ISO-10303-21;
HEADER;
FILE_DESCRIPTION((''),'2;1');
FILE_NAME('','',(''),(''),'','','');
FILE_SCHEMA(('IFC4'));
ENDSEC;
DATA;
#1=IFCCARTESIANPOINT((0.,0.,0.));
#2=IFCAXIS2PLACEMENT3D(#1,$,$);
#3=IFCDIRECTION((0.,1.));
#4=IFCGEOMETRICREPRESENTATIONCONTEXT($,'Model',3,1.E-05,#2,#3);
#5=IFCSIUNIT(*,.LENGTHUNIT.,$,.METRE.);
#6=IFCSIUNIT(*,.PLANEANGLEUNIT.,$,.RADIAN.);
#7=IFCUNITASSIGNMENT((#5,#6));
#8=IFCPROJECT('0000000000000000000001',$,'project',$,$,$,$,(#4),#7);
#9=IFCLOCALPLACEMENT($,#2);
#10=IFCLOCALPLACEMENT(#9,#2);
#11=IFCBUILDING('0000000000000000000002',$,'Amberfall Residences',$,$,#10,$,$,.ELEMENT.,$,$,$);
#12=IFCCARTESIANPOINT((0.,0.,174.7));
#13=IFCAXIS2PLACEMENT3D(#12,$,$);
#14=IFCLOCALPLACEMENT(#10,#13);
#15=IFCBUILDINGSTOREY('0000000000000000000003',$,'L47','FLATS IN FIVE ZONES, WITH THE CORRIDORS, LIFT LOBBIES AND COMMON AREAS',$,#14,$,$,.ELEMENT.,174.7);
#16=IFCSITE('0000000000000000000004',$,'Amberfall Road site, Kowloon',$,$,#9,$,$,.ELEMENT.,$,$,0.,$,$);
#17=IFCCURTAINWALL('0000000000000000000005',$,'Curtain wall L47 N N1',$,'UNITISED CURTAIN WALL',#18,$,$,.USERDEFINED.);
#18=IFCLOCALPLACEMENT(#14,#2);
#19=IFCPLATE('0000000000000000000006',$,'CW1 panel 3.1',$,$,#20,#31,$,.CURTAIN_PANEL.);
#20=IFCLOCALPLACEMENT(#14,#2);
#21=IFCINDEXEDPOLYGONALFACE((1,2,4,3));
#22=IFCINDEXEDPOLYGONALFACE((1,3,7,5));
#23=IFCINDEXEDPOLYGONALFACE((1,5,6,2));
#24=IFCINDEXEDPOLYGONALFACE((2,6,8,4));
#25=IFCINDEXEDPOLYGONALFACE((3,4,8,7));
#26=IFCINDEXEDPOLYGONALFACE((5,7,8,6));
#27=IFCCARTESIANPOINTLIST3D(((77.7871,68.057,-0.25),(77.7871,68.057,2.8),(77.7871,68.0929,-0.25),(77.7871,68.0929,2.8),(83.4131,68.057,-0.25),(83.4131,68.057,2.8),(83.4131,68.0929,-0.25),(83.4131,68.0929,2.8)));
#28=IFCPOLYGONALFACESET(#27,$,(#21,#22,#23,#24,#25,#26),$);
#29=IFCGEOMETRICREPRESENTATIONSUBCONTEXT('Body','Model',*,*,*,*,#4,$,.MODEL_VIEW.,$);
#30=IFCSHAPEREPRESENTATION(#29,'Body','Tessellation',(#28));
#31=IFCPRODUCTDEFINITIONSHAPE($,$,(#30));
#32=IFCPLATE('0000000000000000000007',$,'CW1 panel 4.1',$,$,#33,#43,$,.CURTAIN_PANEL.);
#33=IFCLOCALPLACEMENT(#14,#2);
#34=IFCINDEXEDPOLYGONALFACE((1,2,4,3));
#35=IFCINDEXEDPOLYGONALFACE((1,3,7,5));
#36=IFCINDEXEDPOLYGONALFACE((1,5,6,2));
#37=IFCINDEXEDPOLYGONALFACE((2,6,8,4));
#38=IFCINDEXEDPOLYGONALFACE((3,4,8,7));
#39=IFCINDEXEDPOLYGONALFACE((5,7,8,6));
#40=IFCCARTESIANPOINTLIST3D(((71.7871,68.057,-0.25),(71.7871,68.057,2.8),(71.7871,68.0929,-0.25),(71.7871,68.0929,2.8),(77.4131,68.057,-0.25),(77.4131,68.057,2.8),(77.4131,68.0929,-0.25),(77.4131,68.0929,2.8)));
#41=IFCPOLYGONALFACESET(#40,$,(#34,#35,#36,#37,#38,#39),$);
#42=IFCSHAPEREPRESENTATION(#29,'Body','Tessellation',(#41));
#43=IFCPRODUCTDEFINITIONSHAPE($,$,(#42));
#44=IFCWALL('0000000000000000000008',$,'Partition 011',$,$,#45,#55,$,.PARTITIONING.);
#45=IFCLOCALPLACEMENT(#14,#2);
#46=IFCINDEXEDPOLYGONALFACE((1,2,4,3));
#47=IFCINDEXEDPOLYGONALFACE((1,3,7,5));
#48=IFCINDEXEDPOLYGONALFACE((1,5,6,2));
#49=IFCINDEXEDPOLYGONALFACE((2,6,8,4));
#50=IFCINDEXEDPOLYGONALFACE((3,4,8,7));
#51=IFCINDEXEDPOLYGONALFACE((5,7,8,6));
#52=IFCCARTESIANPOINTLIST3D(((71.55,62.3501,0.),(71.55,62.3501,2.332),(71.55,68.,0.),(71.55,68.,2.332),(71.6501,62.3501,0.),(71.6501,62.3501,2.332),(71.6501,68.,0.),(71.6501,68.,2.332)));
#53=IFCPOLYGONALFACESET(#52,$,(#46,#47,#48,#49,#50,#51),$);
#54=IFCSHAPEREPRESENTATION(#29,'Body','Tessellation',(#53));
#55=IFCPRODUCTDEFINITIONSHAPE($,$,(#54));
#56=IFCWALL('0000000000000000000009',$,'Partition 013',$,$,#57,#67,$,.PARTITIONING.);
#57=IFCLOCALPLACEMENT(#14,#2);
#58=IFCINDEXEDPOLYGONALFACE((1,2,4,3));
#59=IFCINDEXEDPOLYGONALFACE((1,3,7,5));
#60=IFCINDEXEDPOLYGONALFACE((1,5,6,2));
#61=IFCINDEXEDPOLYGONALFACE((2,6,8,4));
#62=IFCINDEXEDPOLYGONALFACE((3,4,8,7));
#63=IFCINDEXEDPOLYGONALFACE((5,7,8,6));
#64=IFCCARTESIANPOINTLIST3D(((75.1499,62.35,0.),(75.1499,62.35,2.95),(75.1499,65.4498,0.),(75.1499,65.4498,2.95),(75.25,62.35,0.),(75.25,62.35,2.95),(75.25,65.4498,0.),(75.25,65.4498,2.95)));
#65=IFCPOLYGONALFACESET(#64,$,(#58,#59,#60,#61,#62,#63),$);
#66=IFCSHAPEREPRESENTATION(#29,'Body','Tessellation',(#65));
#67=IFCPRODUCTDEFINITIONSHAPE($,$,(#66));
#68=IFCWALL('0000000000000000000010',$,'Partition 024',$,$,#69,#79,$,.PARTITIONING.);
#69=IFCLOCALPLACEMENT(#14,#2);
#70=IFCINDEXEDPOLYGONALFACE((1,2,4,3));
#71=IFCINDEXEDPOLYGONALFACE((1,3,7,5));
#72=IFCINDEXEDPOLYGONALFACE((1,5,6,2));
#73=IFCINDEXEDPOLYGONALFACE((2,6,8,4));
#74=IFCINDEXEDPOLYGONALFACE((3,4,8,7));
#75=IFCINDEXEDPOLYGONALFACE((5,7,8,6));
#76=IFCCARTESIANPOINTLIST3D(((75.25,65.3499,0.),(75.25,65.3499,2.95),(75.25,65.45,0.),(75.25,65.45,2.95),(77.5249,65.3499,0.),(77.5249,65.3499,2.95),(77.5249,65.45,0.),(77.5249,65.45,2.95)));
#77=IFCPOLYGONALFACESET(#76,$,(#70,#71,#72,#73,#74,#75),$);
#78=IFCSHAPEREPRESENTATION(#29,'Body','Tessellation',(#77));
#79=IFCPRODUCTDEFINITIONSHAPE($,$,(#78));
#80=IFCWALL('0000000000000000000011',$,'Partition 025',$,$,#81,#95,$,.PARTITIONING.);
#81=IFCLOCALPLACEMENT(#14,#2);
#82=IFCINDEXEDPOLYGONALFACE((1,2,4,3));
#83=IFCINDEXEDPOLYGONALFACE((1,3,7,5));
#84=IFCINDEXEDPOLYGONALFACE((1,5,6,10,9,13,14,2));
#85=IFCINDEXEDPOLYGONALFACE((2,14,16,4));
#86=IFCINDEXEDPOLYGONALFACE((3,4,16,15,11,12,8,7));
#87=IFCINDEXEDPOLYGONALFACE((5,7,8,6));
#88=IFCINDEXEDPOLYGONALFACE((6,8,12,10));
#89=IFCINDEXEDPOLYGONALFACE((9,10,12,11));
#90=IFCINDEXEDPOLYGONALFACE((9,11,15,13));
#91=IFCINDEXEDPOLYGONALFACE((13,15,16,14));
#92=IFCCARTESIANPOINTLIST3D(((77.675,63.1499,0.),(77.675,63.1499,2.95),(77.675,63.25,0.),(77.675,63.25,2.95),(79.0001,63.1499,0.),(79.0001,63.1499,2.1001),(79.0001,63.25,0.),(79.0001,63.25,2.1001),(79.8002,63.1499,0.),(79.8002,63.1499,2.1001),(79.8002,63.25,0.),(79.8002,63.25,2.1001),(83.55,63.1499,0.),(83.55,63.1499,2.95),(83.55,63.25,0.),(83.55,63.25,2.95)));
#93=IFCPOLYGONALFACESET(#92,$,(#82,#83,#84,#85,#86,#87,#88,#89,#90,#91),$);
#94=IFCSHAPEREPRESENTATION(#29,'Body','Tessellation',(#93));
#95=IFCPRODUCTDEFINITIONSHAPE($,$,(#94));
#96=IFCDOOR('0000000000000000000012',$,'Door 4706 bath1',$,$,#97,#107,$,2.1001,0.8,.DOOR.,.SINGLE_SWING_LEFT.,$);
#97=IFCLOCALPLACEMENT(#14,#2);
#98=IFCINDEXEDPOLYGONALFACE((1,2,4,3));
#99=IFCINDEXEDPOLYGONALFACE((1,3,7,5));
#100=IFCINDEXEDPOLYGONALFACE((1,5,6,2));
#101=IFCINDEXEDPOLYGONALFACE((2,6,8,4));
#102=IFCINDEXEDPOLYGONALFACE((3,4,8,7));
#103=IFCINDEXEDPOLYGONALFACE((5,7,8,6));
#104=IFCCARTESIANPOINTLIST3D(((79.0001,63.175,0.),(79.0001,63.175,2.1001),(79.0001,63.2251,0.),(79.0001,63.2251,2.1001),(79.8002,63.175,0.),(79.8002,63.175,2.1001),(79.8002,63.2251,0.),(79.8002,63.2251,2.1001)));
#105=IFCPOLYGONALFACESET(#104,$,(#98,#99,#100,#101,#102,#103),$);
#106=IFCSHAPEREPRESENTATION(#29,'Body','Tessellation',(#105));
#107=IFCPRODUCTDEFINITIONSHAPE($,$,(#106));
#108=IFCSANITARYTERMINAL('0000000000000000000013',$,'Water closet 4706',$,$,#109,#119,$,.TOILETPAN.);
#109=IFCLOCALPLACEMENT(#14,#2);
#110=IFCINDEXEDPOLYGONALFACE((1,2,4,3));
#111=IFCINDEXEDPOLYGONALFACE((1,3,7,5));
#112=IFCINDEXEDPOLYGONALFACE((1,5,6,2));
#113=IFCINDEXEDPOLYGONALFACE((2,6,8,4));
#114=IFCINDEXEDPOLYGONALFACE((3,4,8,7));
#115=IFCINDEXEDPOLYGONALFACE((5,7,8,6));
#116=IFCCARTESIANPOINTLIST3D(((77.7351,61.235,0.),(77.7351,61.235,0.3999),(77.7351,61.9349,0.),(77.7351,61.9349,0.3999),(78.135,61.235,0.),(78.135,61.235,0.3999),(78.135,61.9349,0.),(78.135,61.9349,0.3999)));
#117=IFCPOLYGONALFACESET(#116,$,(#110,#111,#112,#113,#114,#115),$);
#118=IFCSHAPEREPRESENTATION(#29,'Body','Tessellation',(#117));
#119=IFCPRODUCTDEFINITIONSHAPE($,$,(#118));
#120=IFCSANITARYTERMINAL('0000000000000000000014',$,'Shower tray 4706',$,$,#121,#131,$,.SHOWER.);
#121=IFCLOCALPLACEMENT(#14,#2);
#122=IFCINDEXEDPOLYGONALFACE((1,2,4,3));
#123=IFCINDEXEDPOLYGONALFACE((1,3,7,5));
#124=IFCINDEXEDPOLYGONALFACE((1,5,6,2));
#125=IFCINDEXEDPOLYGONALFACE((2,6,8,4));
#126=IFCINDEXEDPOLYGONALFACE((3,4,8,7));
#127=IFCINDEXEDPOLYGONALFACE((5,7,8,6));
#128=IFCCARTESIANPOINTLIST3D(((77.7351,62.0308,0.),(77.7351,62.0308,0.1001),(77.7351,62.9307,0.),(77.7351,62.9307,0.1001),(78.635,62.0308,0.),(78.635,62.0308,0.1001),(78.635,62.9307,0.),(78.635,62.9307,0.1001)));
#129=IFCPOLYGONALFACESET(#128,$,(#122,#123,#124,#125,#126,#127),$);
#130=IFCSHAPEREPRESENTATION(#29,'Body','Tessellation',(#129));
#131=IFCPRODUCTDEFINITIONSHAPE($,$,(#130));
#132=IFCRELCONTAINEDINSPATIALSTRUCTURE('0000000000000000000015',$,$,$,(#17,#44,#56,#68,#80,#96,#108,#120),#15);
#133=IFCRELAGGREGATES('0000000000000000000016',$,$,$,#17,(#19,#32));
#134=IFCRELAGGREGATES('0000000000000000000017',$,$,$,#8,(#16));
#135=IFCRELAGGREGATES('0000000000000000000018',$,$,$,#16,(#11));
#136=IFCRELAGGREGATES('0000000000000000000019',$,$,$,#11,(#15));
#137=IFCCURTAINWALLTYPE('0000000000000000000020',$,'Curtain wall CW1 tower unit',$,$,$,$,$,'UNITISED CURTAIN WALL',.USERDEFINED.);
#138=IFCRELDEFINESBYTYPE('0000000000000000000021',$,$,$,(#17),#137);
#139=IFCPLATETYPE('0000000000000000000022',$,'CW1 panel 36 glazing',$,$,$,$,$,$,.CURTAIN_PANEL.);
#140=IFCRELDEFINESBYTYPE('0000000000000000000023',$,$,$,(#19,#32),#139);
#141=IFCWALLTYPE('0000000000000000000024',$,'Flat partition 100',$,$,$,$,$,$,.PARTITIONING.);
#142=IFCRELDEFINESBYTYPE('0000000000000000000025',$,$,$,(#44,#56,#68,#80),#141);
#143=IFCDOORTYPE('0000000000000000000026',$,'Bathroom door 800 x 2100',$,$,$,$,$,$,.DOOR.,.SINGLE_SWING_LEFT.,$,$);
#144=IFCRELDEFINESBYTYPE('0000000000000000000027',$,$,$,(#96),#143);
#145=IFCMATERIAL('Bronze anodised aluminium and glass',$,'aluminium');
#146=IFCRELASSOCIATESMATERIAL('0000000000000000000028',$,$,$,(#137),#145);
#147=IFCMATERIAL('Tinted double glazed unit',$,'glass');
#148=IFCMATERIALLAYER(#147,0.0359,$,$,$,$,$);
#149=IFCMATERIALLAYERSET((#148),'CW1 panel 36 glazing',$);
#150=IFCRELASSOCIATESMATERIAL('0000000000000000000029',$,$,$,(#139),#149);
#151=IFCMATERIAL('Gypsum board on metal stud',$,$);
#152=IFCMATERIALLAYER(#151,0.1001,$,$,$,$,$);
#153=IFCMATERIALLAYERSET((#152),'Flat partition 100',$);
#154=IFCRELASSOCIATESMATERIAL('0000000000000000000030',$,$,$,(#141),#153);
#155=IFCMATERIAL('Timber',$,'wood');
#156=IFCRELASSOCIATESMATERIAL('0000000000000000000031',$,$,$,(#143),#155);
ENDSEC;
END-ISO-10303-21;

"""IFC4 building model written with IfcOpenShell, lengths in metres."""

from ifc_helpers import new_model, si_unit, direction, frame, frame_2d, origin, origin_2d, place, context, subcontext, project, spatial, rectangle, extrude, material, layer, layer_set, type_object, element, fill, aggregate, save


model = new_model("IFC4")

# Units and contexts
model_context = context("Model", 3, precision=1e-05, world=origin(), true_north=direction((0.0, 1.0)))
body_context = subcontext(model_context, "Body", "Model", "MODEL_VIEW")
ifc_project = project(units=[si_unit("LENGTHUNIT", "METRE"), si_unit("PLANEANGLEUNIT", "RADIAN")], contexts=[model_context])

# Site, building, storey
site_placement = place(None, origin())
site = spatial("IfcSite", under=ifc_project, at=site_placement, Name="Amberfall Road site, Kowloon", CompositionType="ELEMENT", RefElevation=0.0)
building_placement = place(site_placement, origin())
building = spatial("IfcBuilding", under=site, at=building_placement, Name="Amberfall Residences", CompositionType="ELEMENT")
storey_placement = place(building_placement, frame((0.0, 0.0, 174.7)))
storey = spatial("IfcBuildingStorey", under=building, at=storey_placement, Name="L47", Description="FLATS IN FIVE ZONES, WITH THE CORRIDORS, LIFT LOBBIES AND COMMON AREAS", CompositionType="ELEMENT", Elevation=174.7)

# Curtain wall
ifc_material_1 = material(Name="Bronze anodised aluminium and glass", Category="aluminium")
curtain_wall_type = type_object("IfcCurtainWallType", Name="Curtain wall CW1 tower unit", ElementType="UNITISED CURTAIN WALL", PredefinedType="USERDEFINED", material=ifc_material_1)
curtain_wall_placement = place(storey_placement, origin())
curtain_wall = element("IfcCurtainWall", 1, at=curtain_wall_placement, inside=storey, type_object=curtain_wall_type, Name="Curtain wall L47 N N1", ObjectType="UNITISED CURTAIN WALL", PredefinedType="USERDEFINED")

# Plates
ifc_material_2 = material(Name="Tinted double glazed unit", Category="glass")
ifc_layer_1 = layer(ifc_material_2, 0.0359)
ifc_layer_set_1 = layer_set([ifc_layer_1], Name="CW1 panel 36 glazing")
plate_type = type_object("IfcPlateType", Name="CW1 panel 36 glazing", PredefinedType="CURTAIN_PANEL", material=ifc_layer_set_1)
plate_1_placement = place(storey_placement, frame((80.6001, 68.075, -0.25), z_axis=(0.0, 0.0, 1.0), x_axis=(-1.0, 0.0, 0.0)))
plate_1 = element("IfcPlate", 2, at=plate_1_placement, type_object=plate_type, Name="CW1 panel 3.1", PredefinedType="CURTAIN_PANEL", context=body_context, shape_type="SweptSolid", body=[
    extrude(rectangle(XDim=5.626, YDim=0.0359, at=origin_2d()), origin(), (0.0, 0.0, 1.0), 3.05),
])
plate_2_placement = place(storey_placement, frame((74.6001, 68.075, -0.25), z_axis=(0.0, 0.0, 1.0), x_axis=(-1.0, 0.0, 0.0)))
plate_2 = element("IfcPlate", 3, at=plate_2_placement, type_object=plate_type, Name="CW1 panel 4.1", PredefinedType="CURTAIN_PANEL", context=body_context, shape_type="SweptSolid", body=[
    extrude(rectangle(XDim=5.626, YDim=0.0359, at=origin_2d()), origin(), (0.0, 0.0, 1.0), 3.05),
])
aggregate(curtain_wall, [plate_1, plate_2])

# Walls
ifc_material_3 = material(Name="Gypsum board on metal stud")
ifc_layer_2 = layer(ifc_material_3, 0.1001)
ifc_layer_set_2 = layer_set([ifc_layer_2], Name="Flat partition 100")
wall_type = type_object("IfcWallType", Name="Flat partition 100", PredefinedType="PARTITIONING", material=ifc_layer_set_2)
wall_1_placement = place(storey_placement, frame((71.6001, 62.3501, 0.0), z_axis=(0.0, 0.0, 1.0), x_axis=(0.0, 1.0, 0.0)))
element("IfcWall", 4, at=wall_1_placement, inside=storey, type_object=wall_type, Name="Partition 011", PredefinedType="PARTITIONING", context=body_context, shape_type="SweptSolid", body=[
    extrude(rectangle(XDim=5.6499, YDim=0.1001, at=frame_2d((2.825, 0.0))), origin(), (0.0, 0.0, 1.0), 2.332),
])
wall_2_placement = place(storey_placement, frame((75.2, 62.3501, 0.0), z_axis=(0.0, 0.0, 1.0), x_axis=(0.0, 1.0, 0.0)))
element("IfcWall", 5, at=wall_2_placement, inside=storey, type_object=wall_type, Name="Partition 013", PredefinedType="PARTITIONING", context=body_context, shape_type="SweptSolid", body=[
    extrude(rectangle(XDim=3.0999, YDim=0.1001, at=frame_2d((1.5498, 0.0))), origin(), (0.0, 0.0, 1.0), 2.95),
])
wall_3_placement = place(storey_placement, frame((75.25, 65.3999, 0.0), z_axis=(0.0, 0.0, 1.0), x_axis=(1.0, 0.0, 0.0)))
element("IfcWall", 6, at=wall_3_placement, inside=storey, type_object=wall_type, Name="Partition 024", PredefinedType="PARTITIONING", context=body_context, shape_type="SweptSolid", body=[
    extrude(rectangle(XDim=2.2749, YDim=0.1001, at=frame_2d((1.1375, 0.0))), origin(), (0.0, 0.0, 1.0), 2.95),
])

# Wall, opening, door
wall_4_placement = place(storey_placement, frame((83.55, 63.2, 0.0), z_axis=(0.0, 0.0, 1.0), x_axis=(-1.0, 0.0, 0.0)))
wall_4 = element("IfcWall", 7, at=wall_4_placement, inside=storey, type_object=wall_type, Name="Partition 025", PredefinedType="PARTITIONING", context=body_context, shape_type="SweptSolid", body=[
    extrude(rectangle(XDim=5.875, YDim=0.1001, at=frame_2d((2.9375, 0.0))), origin(), (0.0, 0.0, 1.0), 2.95),
])
opening_placement = place(wall_4_placement, frame((3.75, 0.0, 0.0)))
opening = element("IfcOpeningElement", 8, at=opening_placement, cuts=wall_4, PredefinedType="OPENING", context=body_context, shape_type="SweptSolid", body=[
    extrude(rectangle(XDim=0.8, YDim=2.1001, at=frame_2d((0.3999, 1.05))), frame((0.0, 0.0601, 0.0), z_axis=(0.0, -1.0, 0.0), x_axis=(1.0, 0.0, 0.0)), (0.0, 0.0, 1.0), 0.1201),
])
ifc_material_4 = material(Name="Timber", Category="wood")
door_type = type_object("IfcDoorType", Name="Bathroom door 800 x 2100", OperationType="SINGLE_SWING_LEFT", PredefinedType="DOOR", material=ifc_material_4)
door_placement = place(opening_placement, origin())
door = element("IfcDoor", 9, at=door_placement, inside=storey, type_object=door_type, Name="Door 4706 bath1", OperationType="SINGLE_SWING_LEFT", OverallHeight=2.1001, OverallWidth=0.8, PredefinedType="DOOR", context=body_context, shape_type="SweptSolid", body=[
    extrude(rectangle(XDim=0.8, YDim=2.1001, at=frame_2d((0.3999, 1.05))), frame((0.0, 0.0249, 0.0), z_axis=(0.0, -1.0, 0.0), x_axis=(1.0, 0.0, 0.0)), (0.0, 0.0, 1.0), 0.05),
])
fill(opening, door)

# Sanitary terminals
sanitary_terminal_1_placement = place(storey_placement, frame((77.9351, 61.585, 0.0), z_axis=(0.0, 0.0, 1.0), x_axis=(1.0, 0.0, 0.0)))
element("IfcSanitaryTerminal", 10, at=sanitary_terminal_1_placement, inside=storey, Name="Water closet 4706", PredefinedType="TOILETPAN", context=body_context, shape_type="SweptSolid", body=[
    extrude(rectangle(XDim=0.3999, YDim=0.7, at=origin_2d()), origin(), (0.0, 0.0, 1.0), 0.3999),
])
sanitary_terminal_2_placement = place(storey_placement, frame((78.1851, 62.4807, 0.0), z_axis=(0.0, 0.0, 1.0), x_axis=(1.0, 0.0, 0.0)))
element("IfcSanitaryTerminal", 11, at=sanitary_terminal_2_placement, inside=storey, Name="Shower tray 4706", PredefinedType="SHOWER", context=body_context, shape_type="SweptSolid", body=[
    extrude(rectangle(XDim=0.8999, YDim=0.8999, at=origin_2d()), origin(), (0.0, 0.0, 1.0), 0.1001),
])

save(model, "model.ifc")
